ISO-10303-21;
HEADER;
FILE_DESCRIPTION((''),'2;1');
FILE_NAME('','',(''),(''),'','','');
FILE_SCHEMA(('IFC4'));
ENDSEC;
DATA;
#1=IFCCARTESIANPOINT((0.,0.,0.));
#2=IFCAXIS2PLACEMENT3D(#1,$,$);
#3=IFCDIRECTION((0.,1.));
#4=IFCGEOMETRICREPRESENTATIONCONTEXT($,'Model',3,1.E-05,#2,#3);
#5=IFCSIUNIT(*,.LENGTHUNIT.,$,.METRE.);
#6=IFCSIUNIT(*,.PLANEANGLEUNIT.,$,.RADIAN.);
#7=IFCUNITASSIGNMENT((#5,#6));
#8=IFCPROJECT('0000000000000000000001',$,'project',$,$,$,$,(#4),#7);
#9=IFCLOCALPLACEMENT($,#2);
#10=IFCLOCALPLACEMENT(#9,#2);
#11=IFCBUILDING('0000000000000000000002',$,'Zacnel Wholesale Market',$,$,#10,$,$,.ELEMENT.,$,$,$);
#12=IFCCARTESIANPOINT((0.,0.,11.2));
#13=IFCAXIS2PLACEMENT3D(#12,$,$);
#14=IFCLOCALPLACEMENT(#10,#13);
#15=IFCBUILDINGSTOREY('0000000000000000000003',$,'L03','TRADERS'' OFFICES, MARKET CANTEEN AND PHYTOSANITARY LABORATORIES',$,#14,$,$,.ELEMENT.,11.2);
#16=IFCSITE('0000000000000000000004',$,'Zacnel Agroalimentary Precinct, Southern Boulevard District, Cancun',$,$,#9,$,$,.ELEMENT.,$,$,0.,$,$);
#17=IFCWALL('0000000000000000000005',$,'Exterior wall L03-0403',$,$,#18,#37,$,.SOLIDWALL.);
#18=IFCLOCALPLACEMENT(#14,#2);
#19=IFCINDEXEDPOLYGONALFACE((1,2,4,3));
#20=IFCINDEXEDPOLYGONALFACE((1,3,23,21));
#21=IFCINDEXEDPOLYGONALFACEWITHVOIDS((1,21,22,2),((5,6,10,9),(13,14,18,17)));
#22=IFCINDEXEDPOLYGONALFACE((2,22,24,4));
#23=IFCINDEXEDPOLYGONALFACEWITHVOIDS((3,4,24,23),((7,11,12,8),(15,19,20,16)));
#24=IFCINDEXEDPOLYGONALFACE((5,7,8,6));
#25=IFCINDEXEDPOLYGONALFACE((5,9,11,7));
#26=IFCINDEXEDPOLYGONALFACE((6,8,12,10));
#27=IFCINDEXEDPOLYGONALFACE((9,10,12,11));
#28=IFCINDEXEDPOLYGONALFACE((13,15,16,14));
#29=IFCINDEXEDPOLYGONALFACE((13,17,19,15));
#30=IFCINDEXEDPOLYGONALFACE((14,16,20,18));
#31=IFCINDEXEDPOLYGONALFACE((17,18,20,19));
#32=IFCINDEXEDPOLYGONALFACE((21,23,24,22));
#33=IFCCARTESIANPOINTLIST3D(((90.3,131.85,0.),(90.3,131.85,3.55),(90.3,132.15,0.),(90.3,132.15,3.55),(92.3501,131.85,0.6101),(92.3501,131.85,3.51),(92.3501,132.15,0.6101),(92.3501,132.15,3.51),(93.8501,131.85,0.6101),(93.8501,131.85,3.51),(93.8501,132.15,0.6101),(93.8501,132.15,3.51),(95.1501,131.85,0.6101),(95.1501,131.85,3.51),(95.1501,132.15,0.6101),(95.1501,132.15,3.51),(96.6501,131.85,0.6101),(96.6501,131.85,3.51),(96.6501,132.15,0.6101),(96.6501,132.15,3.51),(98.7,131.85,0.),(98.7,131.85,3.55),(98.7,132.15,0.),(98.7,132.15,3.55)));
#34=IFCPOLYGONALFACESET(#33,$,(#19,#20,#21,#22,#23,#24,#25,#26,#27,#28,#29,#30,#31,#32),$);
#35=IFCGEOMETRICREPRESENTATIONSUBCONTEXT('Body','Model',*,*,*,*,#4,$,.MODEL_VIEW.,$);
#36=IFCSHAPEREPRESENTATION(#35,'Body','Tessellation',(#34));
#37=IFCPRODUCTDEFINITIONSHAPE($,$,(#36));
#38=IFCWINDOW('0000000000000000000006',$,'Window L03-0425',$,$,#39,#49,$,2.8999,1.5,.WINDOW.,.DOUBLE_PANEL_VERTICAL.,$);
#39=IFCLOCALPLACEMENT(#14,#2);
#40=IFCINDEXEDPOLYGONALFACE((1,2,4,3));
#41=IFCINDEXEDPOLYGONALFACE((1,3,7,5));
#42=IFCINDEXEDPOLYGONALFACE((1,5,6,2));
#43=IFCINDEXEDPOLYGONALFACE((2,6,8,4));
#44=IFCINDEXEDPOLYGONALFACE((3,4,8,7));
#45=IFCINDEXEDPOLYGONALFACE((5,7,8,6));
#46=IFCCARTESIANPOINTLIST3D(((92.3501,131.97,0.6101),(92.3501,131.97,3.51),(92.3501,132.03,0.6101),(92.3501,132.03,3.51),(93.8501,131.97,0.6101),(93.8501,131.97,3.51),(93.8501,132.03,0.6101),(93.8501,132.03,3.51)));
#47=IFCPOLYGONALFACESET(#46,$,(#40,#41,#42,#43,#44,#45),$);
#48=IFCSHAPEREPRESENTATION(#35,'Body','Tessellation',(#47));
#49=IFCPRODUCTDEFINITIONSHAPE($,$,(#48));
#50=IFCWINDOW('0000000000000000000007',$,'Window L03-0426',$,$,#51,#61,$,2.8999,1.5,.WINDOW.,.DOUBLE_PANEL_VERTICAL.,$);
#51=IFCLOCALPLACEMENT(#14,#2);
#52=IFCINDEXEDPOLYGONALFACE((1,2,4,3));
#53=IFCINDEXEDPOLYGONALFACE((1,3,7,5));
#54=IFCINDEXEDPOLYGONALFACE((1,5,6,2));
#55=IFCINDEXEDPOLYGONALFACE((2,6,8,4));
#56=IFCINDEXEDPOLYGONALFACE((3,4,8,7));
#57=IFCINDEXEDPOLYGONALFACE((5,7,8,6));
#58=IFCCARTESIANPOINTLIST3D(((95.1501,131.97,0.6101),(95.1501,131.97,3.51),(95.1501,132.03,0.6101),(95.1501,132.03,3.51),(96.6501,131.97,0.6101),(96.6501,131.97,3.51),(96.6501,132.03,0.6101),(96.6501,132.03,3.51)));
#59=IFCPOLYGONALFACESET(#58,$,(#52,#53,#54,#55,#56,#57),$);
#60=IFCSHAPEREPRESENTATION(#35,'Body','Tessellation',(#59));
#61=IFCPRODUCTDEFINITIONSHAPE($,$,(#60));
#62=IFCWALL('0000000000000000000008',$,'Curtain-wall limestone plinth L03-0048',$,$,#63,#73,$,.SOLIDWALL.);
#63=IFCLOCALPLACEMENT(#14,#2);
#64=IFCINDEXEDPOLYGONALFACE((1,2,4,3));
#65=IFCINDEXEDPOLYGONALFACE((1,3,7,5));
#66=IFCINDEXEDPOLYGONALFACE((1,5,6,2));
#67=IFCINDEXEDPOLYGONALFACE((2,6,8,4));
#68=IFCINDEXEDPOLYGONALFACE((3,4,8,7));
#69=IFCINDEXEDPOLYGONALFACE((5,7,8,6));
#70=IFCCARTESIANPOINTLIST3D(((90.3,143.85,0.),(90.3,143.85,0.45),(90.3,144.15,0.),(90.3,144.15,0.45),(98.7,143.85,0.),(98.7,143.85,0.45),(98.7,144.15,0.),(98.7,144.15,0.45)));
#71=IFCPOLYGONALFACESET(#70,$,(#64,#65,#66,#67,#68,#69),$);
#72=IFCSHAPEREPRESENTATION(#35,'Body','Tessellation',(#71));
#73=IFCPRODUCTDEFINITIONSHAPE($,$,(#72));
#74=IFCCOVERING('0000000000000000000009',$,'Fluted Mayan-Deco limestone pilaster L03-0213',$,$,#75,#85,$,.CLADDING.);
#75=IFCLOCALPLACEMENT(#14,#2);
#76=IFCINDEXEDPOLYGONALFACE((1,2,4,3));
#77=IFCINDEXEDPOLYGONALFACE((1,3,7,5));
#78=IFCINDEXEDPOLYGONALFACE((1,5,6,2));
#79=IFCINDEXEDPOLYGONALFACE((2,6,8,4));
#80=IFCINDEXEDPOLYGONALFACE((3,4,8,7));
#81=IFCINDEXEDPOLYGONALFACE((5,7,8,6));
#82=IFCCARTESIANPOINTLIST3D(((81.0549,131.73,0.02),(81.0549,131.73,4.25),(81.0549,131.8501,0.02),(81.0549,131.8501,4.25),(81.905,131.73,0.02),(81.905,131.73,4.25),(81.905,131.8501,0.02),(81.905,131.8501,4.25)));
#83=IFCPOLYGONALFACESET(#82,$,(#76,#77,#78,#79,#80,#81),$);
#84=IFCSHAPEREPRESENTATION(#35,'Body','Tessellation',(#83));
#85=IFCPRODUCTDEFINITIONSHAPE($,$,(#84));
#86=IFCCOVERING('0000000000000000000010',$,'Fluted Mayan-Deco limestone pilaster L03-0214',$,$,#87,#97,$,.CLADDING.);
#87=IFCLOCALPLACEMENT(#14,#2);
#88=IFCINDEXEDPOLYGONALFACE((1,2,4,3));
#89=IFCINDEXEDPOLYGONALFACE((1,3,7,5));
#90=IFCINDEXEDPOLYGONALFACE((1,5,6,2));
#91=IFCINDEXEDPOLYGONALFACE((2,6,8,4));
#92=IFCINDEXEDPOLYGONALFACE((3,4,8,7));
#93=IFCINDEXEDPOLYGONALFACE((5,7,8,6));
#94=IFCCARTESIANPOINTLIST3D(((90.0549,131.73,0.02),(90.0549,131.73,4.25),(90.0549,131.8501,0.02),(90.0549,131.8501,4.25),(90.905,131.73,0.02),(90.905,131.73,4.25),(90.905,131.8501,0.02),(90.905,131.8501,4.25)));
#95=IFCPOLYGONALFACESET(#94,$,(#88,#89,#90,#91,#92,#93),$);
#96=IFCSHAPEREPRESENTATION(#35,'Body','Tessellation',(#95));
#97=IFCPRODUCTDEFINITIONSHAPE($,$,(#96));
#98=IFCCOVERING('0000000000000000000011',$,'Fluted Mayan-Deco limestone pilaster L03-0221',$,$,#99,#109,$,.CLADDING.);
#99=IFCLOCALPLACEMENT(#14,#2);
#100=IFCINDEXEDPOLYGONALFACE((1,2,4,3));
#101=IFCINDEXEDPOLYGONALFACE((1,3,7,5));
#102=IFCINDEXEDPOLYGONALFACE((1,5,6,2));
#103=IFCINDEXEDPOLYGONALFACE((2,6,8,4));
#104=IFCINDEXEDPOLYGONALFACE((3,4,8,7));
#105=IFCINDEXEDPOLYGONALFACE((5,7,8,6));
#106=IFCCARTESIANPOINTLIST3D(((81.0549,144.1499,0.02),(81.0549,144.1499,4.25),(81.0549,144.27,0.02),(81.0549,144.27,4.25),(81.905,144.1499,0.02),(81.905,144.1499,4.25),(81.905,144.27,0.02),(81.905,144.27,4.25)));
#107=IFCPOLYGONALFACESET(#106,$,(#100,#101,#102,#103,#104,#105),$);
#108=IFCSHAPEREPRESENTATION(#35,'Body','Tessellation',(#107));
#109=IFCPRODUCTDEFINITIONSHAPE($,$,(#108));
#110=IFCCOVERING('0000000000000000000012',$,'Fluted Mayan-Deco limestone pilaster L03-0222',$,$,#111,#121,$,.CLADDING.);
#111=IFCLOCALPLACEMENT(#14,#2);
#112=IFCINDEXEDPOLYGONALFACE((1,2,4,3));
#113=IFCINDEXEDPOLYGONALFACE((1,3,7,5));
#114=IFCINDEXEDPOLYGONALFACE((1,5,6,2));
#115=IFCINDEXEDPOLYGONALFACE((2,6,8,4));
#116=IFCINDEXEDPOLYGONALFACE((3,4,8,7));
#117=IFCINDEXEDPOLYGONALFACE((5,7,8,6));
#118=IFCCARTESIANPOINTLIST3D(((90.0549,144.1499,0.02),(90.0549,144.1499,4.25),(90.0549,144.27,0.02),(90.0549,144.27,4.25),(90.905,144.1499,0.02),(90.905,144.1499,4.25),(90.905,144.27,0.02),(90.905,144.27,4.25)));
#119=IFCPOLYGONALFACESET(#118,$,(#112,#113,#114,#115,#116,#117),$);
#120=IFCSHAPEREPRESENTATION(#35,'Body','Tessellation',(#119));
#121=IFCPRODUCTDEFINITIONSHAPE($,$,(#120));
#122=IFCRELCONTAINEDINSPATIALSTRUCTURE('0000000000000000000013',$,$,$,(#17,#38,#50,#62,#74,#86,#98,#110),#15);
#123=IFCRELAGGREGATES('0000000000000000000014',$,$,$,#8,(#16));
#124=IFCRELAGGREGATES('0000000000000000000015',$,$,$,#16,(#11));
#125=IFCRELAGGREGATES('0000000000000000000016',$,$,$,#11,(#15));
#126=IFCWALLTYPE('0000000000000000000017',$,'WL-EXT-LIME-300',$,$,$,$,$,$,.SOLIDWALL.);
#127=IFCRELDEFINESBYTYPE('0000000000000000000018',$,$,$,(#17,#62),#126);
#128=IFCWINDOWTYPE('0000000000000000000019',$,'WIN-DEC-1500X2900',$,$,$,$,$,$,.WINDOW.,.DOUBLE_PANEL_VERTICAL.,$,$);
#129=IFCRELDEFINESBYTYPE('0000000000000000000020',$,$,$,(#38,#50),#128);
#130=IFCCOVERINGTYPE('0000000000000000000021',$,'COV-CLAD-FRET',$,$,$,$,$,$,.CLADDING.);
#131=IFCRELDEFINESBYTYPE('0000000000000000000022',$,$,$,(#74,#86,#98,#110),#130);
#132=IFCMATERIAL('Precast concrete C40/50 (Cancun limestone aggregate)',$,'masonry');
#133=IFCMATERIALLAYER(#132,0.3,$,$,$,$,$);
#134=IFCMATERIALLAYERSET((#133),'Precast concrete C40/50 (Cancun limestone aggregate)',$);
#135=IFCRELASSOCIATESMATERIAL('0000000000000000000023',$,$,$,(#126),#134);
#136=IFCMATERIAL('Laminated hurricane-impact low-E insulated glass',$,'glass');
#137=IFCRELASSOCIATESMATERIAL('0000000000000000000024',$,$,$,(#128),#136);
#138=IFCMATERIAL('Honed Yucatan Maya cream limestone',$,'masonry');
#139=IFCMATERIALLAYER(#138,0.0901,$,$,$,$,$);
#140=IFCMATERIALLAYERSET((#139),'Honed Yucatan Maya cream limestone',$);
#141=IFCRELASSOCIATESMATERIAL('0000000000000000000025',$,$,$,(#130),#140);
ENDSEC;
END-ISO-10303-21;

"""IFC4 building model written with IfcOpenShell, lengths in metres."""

from ifc_helpers import new_model, si_unit, direction, frame, frame_2d, origin, origin_2d, place, context, subcontext, project, spatial, rectangle, extrude, material, layer, layer_set, type_object, element, fill, save


model = new_model("IFC4")

# Units and contexts
model_context = context("Model", 3, precision=1e-05, world=origin(), true_north=direction((0.0, 1.0)))
body_context = subcontext(model_context, "Body", "Model", "MODEL_VIEW")
ifc_project = project(units=[si_unit("LENGTHUNIT", "METRE"), si_unit("PLANEANGLEUNIT", "RADIAN")], contexts=[model_context])

# Site, building, storey
site_placement = place(None, origin())
site = spatial("IfcSite", under=ifc_project, at=site_placement, Name="Zacnel Agroalimentary Precinct, Southern Boulevard District, Cancun", CompositionType="ELEMENT", RefElevation=0.0)
building_placement = place(site_placement, origin())
building = spatial("IfcBuilding", under=site, at=building_placement, Name="Zacnel Wholesale Market", CompositionType="ELEMENT")
storey_placement = place(building_placement, frame((0.0, 0.0, 11.2)))
storey = spatial("IfcBuildingStorey", under=building, at=storey_placement, Name="L03", Description="TRADERS' OFFICES, MARKET CANTEEN AND PHYTOSANITARY LABORATORIES", CompositionType="ELEMENT", Elevation=11.2)

# Wall, openings, windows
ifc_material_1 = material(Name="Precast concrete C40/50 (Cancun limestone aggregate)", Category="masonry")
ifc_layer_1 = layer(ifc_material_1, 0.3)
ifc_layer_set_1 = layer_set([ifc_layer_1], Name="Precast concrete C40/50 (Cancun limestone aggregate)")
wall_type = type_object("IfcWallType", Name="WL-EXT-LIME-300", PredefinedType="SOLIDWALL", material=ifc_layer_set_1)
wall_1_placement = place(storey_placement, frame((90.3, 132.0, 0.0), z_axis=(0.0, 0.0, 1.0), x_axis=(1.0, 0.0, 0.0)))
wall_1 = element("IfcWall", 1, at=wall_1_placement, inside=storey, type_object=wall_type, Name="Exterior wall L03-0403", PredefinedType="SOLIDWALL", context=body_context, shape_type="SweptSolid", body=[
    extrude(rectangle(XDim=8.3999, YDim=0.3, at=frame_2d((4.2, 0.0))), origin(), (0.0, 0.0, 1.0), 3.55),
])
opening_1_placement = place(wall_1_placement, frame((2.05, 0.0, 0.6101)))
opening_1 = element("IfcOpeningElement", 2, at=opening_1_placement, cuts=wall_1, PredefinedType="OPENING", context=body_context, shape_type="SweptSolid", body=[
    extrude(rectangle(XDim=1.5, YDim=2.8999, at=frame_2d((0.75, 1.45))), frame((0.0, 0.1599, 0.0), z_axis=(0.0, -1.0, 0.0), x_axis=(1.0, 0.0, 0.0)), (0.0, 0.0, 1.0), 0.3201),
])
opening_2_placement = place(wall_1_placement, frame((4.8501, 0.0, 0.6101)))
opening_2 = element("IfcOpeningElement", 3, at=opening_2_placement, cuts=wall_1, PredefinedType="OPENING", context=body_context, shape_type="SweptSolid", body=[
    extrude(rectangle(XDim=1.5, YDim=2.8999, at=frame_2d((0.75, 1.45))), frame((0.0, 0.1599, 0.0), z_axis=(0.0, -1.0, 0.0), x_axis=(1.0, 0.0, 0.0)), (0.0, 0.0, 1.0), 0.3201),
])
ifc_material_2 = material(Name="Laminated hurricane-impact low-E insulated glass", Category="glass")
window_type = type_object("IfcWindowType", Name="WIN-DEC-1500X2900", PartitioningType="DOUBLE_PANEL_VERTICAL", PredefinedType="WINDOW", material=ifc_material_2)
window_1_placement = place(opening_1_placement, origin())
window_1 = element("IfcWindow", 4, at=window_1_placement, inside=storey, type_object=window_type, Name="Window L03-0425", OverallHeight=2.8999, OverallWidth=1.5, PartitioningType="DOUBLE_PANEL_VERTICAL", PredefinedType="WINDOW", context=body_context, shape_type="SweptSolid", body=[
    extrude(rectangle(XDim=1.5, YDim=2.8999, at=frame_2d((0.75, 1.45))), frame((0.0, 0.03, 0.0), z_axis=(0.0, -1.0, 0.0), x_axis=(1.0, 0.0, 0.0)), (0.0, 0.0, 1.0), 0.0601),
])
fill(opening_1, window_1)
window_2_placement = place(opening_2_placement, origin())
window_2 = element("IfcWindow", 5, at=window_2_placement, inside=storey, type_object=window_type, Name="Window L03-0426", OverallHeight=2.8999, OverallWidth=1.5, PartitioningType="DOUBLE_PANEL_VERTICAL", PredefinedType="WINDOW", context=body_context, shape_type="SweptSolid", body=[
    extrude(rectangle(XDim=1.5, YDim=2.8999, at=frame_2d((0.75, 1.45))), frame((0.0, 0.03, 0.0), z_axis=(0.0, -1.0, 0.0), x_axis=(1.0, 0.0, 0.0)), (0.0, 0.0, 1.0), 0.0601),
])
fill(opening_2, window_2)

# Wall
wall_2_placement = place(storey_placement, frame((90.3, 144.0, 0.0), z_axis=(0.0, 0.0, 1.0), x_axis=(1.0, 0.0, 0.0)))
element("IfcWall", 6, at=wall_2_placement, inside=storey, type_object=wall_type, Name="Curtain-wall limestone plinth L03-0048", PredefinedType="SOLIDWALL", context=body_context, shape_type="SweptSolid", body=[
    extrude(rectangle(XDim=8.3999, YDim=0.3, at=frame_2d((4.2, 0.0))), origin(), (0.0, 0.0, 1.0), 0.45),
])

# Coverings
ifc_material_3 = material(Name="Honed Yucatan Maya cream limestone", Category="masonry")
ifc_layer_2 = layer(ifc_material_3, 0.0901)
ifc_layer_set_2 = layer_set([ifc_layer_2], Name="Honed Yucatan Maya cream limestone")
covering_type = type_object("IfcCoveringType", Name="COV-CLAD-FRET", PredefinedType="CLADDING", material=ifc_layer_set_2)
for number, where, z_axis, x_axis, name in (
    (7, (81.48, 131.79, 0.02), (0.0, 0.0, 1.0), (1.0, 0.0, 0.0), "Fluted Mayan-Deco limestone pilaster L03-0213"),
    (8, (90.48, 131.79, 0.02), (0.0, 0.0, 1.0), (1.0, 0.0, 0.0), "Fluted Mayan-Deco limestone pilaster L03-0214"),
    (9, (81.48, 144.21, 0.02), (0.0, 0.0, 1.0), (1.0, 0.0, 0.0), "Fluted Mayan-Deco limestone pilaster L03-0221"),
    (10, (90.48, 144.21, 0.02), (0.0, 0.0, 1.0), (1.0, 0.0, 0.0), "Fluted Mayan-Deco limestone pilaster L03-0222"),
):
    element("IfcCovering", number, at=place(storey_placement, frame(where, z_axis=z_axis, x_axis=x_axis)), inside=storey, type_object=covering_type, Name=name, PredefinedType="CLADDING", context=body_context, shape_type="SweptSolid", body=[
        extrude(rectangle(XDim=0.8501, YDim=0.1201, at=origin_2d()), origin(), (0.0, 0.0, 1.0), 4.23),
    ])

save(model, "model.ifc")
